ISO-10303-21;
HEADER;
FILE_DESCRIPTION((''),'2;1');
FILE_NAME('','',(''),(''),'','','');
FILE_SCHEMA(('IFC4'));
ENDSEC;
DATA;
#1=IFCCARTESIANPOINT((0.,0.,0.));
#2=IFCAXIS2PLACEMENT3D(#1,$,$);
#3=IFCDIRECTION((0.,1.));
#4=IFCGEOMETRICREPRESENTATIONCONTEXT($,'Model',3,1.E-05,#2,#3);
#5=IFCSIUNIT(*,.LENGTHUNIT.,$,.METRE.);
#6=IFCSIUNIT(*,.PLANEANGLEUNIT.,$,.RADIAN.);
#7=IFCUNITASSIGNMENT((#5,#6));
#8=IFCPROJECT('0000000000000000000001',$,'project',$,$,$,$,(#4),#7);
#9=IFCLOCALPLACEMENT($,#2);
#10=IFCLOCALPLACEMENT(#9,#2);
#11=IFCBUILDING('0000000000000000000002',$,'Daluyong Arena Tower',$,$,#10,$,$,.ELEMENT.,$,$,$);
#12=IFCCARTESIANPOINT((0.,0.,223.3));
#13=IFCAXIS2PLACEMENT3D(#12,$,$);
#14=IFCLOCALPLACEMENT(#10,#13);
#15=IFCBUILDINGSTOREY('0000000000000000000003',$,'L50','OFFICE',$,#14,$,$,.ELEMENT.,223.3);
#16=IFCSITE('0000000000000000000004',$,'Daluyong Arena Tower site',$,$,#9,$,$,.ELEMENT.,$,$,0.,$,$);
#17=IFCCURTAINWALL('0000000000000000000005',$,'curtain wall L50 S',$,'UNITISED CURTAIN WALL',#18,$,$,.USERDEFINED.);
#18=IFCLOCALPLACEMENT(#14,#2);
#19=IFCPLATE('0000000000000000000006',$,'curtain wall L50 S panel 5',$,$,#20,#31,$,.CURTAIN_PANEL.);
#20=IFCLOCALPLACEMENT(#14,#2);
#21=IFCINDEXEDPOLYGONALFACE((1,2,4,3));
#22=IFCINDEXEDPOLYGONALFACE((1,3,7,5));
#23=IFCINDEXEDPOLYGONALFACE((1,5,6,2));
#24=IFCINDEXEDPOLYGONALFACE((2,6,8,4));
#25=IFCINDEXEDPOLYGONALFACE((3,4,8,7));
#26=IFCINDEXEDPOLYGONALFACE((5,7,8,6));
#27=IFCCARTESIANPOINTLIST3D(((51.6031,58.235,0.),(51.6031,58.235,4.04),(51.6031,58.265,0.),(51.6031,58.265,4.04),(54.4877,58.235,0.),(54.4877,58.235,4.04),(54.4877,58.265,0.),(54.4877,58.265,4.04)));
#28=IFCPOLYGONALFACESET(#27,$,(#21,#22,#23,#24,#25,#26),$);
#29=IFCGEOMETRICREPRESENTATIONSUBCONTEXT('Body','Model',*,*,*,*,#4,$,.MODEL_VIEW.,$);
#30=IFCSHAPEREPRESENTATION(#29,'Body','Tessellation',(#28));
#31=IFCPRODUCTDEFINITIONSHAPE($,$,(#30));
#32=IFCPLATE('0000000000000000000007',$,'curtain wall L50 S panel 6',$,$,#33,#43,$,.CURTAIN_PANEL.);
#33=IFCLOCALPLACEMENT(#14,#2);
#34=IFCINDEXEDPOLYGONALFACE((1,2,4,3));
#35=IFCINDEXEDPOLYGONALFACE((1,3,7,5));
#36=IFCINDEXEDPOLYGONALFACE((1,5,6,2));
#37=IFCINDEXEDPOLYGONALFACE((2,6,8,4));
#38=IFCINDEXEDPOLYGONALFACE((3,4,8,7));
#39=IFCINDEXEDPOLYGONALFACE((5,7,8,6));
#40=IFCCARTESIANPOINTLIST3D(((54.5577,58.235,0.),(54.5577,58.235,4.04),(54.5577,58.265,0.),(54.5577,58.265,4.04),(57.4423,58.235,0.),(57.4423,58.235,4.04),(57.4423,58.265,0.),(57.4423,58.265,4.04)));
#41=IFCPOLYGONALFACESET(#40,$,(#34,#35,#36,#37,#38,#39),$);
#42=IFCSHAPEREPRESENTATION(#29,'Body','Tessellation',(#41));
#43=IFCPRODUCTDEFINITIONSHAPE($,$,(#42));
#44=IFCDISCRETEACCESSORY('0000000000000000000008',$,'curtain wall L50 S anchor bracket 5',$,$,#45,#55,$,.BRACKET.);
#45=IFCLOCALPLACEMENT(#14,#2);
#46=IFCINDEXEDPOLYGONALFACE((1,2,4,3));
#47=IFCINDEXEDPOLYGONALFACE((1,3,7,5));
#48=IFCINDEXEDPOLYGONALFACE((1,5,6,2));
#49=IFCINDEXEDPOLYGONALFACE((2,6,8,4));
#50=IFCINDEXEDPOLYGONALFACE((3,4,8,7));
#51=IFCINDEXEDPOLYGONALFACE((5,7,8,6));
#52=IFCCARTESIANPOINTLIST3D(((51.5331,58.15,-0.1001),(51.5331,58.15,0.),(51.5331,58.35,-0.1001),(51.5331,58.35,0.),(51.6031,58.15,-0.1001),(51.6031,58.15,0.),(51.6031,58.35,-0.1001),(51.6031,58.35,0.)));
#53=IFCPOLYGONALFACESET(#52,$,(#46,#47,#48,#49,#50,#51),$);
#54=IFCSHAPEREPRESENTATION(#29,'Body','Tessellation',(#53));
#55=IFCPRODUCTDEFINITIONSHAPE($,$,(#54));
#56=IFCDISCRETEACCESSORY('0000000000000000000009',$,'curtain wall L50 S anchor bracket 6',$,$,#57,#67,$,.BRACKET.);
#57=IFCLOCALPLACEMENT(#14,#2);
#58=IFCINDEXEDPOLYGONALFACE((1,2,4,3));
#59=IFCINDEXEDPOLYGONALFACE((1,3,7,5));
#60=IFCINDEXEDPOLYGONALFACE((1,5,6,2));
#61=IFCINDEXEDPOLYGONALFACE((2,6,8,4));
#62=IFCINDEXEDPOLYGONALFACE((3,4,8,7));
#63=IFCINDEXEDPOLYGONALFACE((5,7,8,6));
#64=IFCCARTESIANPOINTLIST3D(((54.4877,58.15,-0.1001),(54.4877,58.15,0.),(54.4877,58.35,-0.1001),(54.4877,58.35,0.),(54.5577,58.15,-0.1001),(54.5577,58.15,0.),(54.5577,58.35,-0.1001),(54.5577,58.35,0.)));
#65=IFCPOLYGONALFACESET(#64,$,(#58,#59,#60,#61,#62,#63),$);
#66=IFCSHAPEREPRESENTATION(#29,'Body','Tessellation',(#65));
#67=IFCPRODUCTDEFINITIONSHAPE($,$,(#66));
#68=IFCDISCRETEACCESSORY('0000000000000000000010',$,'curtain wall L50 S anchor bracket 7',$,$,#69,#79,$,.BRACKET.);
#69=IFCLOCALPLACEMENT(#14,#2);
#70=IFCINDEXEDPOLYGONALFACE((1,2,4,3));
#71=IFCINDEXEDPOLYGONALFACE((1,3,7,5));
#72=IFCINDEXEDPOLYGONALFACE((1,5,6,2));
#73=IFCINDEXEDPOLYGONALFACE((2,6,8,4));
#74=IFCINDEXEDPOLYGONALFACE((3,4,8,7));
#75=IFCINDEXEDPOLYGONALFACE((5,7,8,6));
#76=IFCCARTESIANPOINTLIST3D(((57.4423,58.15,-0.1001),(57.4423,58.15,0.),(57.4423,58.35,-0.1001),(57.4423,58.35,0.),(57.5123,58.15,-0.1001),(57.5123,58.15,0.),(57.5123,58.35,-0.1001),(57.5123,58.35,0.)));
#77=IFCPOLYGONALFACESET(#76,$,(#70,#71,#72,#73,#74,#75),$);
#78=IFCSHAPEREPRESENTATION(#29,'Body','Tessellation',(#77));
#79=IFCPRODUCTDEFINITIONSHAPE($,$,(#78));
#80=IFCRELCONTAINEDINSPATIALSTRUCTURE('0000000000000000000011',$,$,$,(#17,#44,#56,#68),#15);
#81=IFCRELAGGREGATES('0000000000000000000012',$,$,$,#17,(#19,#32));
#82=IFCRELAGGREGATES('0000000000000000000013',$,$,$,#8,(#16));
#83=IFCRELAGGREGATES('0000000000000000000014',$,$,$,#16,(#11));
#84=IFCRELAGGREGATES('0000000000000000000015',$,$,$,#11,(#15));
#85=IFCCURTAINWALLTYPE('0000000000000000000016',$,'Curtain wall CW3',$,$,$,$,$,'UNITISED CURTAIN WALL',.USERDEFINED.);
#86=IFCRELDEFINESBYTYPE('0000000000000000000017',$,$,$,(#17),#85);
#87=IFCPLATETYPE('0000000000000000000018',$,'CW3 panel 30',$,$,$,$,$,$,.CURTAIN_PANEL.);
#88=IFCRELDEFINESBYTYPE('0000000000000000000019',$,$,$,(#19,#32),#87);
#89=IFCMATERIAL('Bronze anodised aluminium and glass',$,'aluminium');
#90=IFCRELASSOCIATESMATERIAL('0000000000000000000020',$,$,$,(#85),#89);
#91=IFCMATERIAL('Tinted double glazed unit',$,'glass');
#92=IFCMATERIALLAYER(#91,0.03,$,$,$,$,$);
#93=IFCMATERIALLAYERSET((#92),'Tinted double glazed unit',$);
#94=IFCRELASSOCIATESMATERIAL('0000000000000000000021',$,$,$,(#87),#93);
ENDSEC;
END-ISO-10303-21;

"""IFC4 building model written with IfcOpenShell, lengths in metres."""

from ifc_helpers import new_model, si_unit, direction, frame, origin, origin_2d, place, context, subcontext, project, spatial, rectangle, extrude, material, layer, layer_set, type_object, element, aggregate, save


model = new_model("IFC4")

# Units and contexts
model_context = context("Model", 3, precision=1e-05, world=origin(), true_north=direction((0.0, 1.0)))
body_context = subcontext(model_context, "Body", "Model", "MODEL_VIEW")
ifc_project = project(units=[si_unit("LENGTHUNIT", "METRE"), si_unit("PLANEANGLEUNIT", "RADIAN")], contexts=[model_context])

# Site, building, storey
site_placement = place(None, origin())
site = spatial("IfcSite", under=ifc_project, at=site_placement, Name="Daluyong Arena Tower site", CompositionType="ELEMENT", RefElevation=0.0)
building_placement = place(site_placement, origin())
building = spatial("IfcBuilding", under=site, at=building_placement, Name="Daluyong Arena Tower", CompositionType="ELEMENT")
storey_placement = place(building_placement, frame((0.0, 0.0, 223.3)))
storey = spatial("IfcBuildingStorey", under=building, at=storey_placement, Name="L50", Description="OFFICE", CompositionType="ELEMENT", Elevation=223.3)

# Curtain wall
ifc_material_1 = material(Name="Bronze anodised aluminium and glass", Category="aluminium")
curtain_wall_type = type_object("IfcCurtainWallType", Name="Curtain wall CW3", ElementType="UNITISED CURTAIN WALL", PredefinedType="USERDEFINED", material=ifc_material_1)
curtain_wall_placement = place(storey_placement, origin())
curtain_wall = element("IfcCurtainWall", 1, at=curtain_wall_placement, inside=storey, type_object=curtain_wall_type, Name="curtain wall L50 S", ObjectType="UNITISED CURTAIN WALL", PredefinedType="USERDEFINED")

# Plates
ifc_material_2 = material(Name="Tinted double glazed unit", Category="glass")
ifc_layer = layer(ifc_material_2, 0.03)
ifc_layer_set = layer_set([ifc_layer], Name="Tinted double glazed unit")
plate_type = type_object("IfcPlateType", Name="CW3 panel 30", PredefinedType="CURTAIN_PANEL", material=ifc_layer_set)
plate_1_placement = place(storey_placement, frame((53.0454, 58.25, 0.0), z_axis=(0.0, 0.0, 1.0), x_axis=(1.0, 0.0, 0.0)))
plate_1 = element("IfcPlate", 2, at=plate_1_placement, type_object=plate_type, Name="curtain wall L50 S panel 5", PredefinedType="CURTAIN_PANEL", context=body_context, shape_type="SweptSolid", body=[
    extrude(rectangle(XDim=2.8845, YDim=0.03, at=origin_2d()), origin(), (0.0, 0.0, 1.0), 4.04),
])
plate_2_placement = place(storey_placement, frame((56.0, 58.25, 0.0), z_axis=(0.0, 0.0, 1.0), x_axis=(1.0, 0.0, 0.0)))
plate_2 = element("IfcPlate", 3, at=plate_2_placement, type_object=plate_type, Name="curtain wall L50 S panel 6", PredefinedType="CURTAIN_PANEL", context=body_context, shape_type="SweptSolid", body=[
    extrude(rectangle(XDim=2.8845, YDim=0.03, at=origin_2d()), origin(), (0.0, 0.0, 1.0), 4.04),
])
aggregate(curtain_wall, [plate_1, plate_2])

# Discrete accessories
for number, where, z_axis, x_axis, name in (
    (4, (51.5681, 58.25, -0.1001), (0.0, 0.0, 1.0), (1.0, 0.0, 0.0), "curtain wall L50 S anchor bracket 5"),
    (5, (54.5227, 58.25, -0.1001), (0.0, 0.0, 1.0), (1.0, 0.0, 0.0), "curtain wall L50 S anchor bracket 6"),
    (6, (57.4773, 58.25, -0.1001), (0.0, 0.0, 1.0), (1.0, 0.0, 0.0), "curtain wall L50 S anchor bracket 7"),
):
    element("IfcDiscreteAccessory", number, at=place(storey_placement, frame(where, z_axis=z_axis, x_axis=x_axis)), inside=storey, Name=name, PredefinedType="BRACKET", context=body_context, shape_type="SweptSolid", body=[
        extrude(rectangle(XDim=0.0701, YDim=0.2, at=origin_2d()), origin(), (0.0, 0.0, 1.0), 0.1001),
    ])

save(model, "model.ifc")
